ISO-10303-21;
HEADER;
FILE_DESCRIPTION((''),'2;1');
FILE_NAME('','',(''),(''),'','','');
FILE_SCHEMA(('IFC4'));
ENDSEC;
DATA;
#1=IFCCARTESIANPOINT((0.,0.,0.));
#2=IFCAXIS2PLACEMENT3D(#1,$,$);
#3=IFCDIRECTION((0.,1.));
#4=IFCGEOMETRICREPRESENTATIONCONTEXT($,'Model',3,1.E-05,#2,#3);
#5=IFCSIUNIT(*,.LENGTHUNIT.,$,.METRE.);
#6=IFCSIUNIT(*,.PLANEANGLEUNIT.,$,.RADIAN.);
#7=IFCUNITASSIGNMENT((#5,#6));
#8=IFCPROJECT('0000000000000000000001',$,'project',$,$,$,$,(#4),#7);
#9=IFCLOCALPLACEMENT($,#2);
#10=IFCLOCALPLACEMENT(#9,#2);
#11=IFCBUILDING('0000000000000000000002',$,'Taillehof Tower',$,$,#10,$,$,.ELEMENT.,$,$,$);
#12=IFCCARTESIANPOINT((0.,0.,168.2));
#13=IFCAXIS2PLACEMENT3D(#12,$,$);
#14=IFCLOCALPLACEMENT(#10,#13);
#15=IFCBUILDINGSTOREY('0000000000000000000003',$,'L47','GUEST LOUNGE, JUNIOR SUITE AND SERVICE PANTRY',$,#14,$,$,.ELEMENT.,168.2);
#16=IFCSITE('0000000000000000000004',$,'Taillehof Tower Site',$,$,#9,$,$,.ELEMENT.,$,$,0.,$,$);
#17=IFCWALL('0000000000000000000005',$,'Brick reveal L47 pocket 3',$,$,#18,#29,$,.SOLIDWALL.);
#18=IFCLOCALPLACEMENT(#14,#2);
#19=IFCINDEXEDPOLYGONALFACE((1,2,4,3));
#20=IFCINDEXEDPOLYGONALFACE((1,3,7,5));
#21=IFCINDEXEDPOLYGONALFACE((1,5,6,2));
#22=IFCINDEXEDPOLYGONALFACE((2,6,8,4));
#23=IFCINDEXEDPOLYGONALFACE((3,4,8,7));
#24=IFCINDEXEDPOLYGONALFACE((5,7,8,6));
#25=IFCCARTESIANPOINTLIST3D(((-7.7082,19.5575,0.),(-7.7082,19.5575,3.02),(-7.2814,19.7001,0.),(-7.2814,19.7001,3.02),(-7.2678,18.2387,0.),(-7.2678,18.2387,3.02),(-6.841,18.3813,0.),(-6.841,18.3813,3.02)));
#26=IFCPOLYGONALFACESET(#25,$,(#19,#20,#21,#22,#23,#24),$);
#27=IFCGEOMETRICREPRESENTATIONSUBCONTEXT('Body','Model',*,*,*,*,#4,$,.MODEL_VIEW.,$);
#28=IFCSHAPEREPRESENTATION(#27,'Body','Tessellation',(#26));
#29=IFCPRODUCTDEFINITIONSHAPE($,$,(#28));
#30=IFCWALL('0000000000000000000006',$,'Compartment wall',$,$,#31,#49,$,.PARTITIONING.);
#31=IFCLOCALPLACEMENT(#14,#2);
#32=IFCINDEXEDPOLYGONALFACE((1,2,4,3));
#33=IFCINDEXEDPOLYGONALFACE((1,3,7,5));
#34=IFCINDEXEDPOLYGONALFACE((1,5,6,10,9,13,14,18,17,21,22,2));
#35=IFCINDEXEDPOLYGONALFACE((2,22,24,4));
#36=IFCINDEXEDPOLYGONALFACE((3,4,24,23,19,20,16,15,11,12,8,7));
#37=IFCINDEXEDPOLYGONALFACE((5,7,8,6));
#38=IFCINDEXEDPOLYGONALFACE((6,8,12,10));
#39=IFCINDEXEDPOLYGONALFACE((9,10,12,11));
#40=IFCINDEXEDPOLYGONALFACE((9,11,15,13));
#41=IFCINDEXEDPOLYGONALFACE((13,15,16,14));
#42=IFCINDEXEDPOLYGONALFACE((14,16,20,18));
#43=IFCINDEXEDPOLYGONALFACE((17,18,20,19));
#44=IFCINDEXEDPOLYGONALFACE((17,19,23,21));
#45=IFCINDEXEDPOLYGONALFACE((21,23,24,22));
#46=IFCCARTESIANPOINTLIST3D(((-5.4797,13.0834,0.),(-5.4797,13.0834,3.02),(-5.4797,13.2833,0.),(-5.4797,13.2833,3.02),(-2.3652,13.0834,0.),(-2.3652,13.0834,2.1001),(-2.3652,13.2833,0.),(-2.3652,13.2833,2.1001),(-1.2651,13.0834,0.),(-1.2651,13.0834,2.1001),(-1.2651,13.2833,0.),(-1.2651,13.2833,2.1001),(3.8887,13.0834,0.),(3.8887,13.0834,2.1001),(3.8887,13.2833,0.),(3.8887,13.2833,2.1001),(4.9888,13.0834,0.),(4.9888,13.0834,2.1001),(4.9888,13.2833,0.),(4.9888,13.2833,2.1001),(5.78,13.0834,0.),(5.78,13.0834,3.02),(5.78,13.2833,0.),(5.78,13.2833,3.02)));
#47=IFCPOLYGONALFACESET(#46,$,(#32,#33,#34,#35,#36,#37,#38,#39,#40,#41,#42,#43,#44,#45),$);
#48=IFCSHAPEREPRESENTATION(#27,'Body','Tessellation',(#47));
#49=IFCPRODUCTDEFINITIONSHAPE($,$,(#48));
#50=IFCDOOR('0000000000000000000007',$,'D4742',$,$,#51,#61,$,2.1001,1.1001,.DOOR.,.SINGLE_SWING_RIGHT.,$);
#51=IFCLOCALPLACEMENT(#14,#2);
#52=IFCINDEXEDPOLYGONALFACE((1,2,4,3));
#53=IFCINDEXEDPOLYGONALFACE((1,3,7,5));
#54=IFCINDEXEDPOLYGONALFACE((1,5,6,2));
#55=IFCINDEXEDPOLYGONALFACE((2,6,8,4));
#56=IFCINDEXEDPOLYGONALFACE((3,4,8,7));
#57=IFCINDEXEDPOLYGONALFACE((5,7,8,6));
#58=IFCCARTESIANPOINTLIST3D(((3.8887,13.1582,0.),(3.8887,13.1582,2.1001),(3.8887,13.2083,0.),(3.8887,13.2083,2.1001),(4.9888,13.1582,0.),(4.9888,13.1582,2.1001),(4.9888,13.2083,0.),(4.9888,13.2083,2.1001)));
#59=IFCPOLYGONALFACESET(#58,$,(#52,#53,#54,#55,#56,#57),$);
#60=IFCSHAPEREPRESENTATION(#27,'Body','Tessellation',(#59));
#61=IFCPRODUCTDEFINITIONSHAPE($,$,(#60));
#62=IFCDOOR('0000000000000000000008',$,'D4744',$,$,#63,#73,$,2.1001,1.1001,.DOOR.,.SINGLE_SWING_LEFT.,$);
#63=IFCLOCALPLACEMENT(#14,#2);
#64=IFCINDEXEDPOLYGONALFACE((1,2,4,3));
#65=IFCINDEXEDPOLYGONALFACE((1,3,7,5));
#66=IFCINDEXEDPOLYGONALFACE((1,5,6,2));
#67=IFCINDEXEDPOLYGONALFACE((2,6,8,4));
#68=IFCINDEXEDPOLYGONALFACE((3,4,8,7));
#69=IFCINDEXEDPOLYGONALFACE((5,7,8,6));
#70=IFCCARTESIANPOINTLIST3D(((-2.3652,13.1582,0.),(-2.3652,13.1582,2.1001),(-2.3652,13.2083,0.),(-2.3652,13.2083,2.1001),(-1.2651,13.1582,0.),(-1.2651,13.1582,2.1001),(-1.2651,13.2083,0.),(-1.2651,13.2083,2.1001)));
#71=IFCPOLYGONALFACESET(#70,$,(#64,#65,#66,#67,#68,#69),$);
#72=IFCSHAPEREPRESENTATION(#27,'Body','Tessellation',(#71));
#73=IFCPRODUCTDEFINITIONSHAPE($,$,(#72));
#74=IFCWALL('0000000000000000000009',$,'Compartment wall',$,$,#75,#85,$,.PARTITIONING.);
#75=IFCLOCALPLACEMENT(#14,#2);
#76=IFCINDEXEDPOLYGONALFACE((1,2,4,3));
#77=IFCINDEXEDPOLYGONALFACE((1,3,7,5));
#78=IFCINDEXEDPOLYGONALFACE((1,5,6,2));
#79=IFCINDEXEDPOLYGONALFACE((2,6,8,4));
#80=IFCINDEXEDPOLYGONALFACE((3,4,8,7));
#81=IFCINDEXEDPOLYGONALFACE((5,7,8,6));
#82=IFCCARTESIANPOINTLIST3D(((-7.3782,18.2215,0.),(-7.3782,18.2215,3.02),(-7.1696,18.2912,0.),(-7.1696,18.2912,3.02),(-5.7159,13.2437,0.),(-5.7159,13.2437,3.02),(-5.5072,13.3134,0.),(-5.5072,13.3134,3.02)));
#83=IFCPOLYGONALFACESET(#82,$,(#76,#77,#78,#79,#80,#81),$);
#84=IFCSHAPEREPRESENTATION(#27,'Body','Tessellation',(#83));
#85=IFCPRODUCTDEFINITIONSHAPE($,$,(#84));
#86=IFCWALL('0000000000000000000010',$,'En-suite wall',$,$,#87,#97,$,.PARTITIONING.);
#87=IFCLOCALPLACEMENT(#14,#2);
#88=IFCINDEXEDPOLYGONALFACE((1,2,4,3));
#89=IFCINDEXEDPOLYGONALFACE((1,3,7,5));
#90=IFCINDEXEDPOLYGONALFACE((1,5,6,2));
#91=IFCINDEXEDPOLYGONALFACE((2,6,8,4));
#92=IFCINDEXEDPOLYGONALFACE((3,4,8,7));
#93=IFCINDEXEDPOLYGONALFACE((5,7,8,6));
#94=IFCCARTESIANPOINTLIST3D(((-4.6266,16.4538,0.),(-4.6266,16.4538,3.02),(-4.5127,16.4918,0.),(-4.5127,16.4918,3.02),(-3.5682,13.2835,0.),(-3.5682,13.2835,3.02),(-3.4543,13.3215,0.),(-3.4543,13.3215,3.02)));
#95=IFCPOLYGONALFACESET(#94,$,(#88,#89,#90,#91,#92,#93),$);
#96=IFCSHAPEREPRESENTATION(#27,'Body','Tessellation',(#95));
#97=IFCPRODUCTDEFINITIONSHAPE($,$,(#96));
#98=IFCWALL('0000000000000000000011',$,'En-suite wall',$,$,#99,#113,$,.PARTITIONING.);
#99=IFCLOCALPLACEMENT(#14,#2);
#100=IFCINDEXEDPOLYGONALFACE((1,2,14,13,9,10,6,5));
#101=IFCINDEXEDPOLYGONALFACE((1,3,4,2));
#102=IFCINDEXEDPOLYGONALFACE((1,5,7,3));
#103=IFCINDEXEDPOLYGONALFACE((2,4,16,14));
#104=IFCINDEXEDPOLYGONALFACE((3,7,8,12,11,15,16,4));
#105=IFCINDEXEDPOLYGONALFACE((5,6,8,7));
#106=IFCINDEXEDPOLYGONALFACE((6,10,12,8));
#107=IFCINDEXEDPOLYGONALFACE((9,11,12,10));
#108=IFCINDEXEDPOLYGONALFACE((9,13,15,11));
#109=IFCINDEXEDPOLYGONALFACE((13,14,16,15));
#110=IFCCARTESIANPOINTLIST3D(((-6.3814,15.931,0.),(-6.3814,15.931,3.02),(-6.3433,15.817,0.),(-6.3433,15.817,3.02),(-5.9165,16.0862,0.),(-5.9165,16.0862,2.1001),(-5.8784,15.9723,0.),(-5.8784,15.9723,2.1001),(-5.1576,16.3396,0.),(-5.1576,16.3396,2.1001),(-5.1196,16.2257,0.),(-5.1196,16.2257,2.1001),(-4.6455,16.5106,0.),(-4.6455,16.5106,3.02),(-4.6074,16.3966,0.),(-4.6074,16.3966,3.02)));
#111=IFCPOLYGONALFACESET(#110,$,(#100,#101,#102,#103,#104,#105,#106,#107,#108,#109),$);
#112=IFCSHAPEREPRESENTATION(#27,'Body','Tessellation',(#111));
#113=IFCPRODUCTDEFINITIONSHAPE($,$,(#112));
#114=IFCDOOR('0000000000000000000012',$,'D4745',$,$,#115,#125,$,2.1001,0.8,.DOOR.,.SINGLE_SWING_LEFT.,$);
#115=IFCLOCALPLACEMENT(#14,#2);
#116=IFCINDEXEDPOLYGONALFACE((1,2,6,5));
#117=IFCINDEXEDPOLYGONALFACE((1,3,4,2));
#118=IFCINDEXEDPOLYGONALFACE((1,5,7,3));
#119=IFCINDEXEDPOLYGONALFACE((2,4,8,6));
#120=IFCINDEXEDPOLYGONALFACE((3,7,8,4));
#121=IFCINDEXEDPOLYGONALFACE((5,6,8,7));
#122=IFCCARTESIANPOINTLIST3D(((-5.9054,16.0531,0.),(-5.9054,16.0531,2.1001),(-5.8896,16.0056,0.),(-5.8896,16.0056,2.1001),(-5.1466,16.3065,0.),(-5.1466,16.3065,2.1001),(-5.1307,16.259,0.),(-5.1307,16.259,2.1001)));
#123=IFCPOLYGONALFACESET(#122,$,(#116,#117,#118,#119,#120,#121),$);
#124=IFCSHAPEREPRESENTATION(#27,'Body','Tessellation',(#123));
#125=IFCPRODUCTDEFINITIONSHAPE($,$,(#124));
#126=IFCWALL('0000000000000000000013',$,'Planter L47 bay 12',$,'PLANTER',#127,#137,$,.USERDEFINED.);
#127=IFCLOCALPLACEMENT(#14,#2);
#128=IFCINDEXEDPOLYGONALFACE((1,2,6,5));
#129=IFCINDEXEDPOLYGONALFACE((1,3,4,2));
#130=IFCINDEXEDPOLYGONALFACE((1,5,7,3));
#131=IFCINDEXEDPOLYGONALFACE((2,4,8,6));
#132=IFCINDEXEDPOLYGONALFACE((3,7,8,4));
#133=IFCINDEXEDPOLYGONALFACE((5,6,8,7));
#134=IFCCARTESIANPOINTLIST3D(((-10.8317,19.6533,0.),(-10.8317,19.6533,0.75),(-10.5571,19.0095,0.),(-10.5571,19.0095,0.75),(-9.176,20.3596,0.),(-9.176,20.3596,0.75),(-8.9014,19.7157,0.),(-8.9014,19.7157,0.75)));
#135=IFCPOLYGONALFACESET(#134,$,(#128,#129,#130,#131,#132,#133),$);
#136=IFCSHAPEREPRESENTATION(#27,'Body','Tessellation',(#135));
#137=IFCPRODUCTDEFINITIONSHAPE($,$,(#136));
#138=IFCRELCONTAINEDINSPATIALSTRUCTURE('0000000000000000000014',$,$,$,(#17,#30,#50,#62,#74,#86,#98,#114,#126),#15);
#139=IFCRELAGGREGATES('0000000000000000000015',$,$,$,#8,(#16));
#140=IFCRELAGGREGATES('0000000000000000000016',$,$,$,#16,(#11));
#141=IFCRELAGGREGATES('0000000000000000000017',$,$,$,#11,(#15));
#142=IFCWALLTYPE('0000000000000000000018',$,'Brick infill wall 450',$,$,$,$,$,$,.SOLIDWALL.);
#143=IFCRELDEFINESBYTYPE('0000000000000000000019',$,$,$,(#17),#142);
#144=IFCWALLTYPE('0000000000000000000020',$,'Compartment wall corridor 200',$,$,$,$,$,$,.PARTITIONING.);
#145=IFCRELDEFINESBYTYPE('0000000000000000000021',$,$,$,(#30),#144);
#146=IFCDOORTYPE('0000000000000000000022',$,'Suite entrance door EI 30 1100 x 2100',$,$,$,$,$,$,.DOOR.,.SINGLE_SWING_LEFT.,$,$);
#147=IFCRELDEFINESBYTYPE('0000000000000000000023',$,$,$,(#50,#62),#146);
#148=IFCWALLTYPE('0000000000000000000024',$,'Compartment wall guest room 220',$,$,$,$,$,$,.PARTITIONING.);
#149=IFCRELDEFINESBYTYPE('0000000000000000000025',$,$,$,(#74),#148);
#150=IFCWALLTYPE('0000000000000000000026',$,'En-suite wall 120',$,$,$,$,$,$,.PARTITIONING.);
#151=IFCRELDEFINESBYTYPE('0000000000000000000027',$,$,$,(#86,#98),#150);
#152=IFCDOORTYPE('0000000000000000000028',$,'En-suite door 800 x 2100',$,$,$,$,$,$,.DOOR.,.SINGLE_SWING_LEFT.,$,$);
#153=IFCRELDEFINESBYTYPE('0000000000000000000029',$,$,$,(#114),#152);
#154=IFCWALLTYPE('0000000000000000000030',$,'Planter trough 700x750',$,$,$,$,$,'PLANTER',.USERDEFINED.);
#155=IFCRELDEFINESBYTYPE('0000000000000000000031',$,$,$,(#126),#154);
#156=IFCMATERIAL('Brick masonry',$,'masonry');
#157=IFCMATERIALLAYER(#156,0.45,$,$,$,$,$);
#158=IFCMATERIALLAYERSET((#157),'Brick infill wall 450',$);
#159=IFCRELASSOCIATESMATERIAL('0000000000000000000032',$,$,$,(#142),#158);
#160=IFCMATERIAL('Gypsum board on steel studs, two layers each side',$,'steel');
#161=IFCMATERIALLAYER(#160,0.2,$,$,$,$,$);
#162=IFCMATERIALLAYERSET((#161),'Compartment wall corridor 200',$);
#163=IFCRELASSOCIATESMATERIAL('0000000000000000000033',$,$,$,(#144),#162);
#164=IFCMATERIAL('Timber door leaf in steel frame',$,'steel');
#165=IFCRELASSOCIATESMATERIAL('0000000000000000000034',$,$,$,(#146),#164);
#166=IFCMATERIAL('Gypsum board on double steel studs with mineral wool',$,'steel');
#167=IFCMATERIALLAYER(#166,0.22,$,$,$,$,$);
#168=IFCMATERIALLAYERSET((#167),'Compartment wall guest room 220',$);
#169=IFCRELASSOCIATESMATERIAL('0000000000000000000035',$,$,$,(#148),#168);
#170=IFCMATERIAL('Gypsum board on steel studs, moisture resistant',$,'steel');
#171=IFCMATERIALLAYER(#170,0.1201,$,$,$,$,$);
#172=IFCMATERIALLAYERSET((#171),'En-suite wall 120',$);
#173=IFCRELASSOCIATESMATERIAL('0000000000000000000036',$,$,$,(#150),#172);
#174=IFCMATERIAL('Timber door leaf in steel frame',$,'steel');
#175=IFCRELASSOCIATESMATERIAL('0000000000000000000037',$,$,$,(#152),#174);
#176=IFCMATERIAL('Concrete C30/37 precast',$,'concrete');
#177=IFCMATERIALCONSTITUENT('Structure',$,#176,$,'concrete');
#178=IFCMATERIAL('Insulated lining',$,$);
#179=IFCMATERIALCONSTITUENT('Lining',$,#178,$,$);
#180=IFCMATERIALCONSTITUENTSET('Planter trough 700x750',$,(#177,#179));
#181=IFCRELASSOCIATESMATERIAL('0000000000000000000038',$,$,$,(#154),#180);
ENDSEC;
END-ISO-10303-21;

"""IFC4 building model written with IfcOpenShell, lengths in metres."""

from ifc_helpers import new_model, si_unit, direction, frame, frame_2d, origin, place, context, subcontext, project, spatial, rectangle, extrude, material, layer, layer_set, constituent, constituent_set, type_object, element, fill, save


model = new_model("IFC4")

# Units and contexts
model_context = context("Model", 3, precision=1e-05, world=origin(), true_north=direction((0.0, 1.0)))
body_context = subcontext(model_context, "Body", "Model", "MODEL_VIEW")
ifc_project = project(units=[si_unit("LENGTHUNIT", "METRE"), si_unit("PLANEANGLEUNIT", "RADIAN")], contexts=[model_context])

# Site, building, storey
site_placement = place(None, origin())
site = spatial("IfcSite", under=ifc_project, at=site_placement, Name="Taillehof Tower Site", CompositionType="ELEMENT", RefElevation=0.0)
building_placement = place(site_placement, origin())
building = spatial("IfcBuilding", under=site, at=building_placement, Name="Taillehof Tower", CompositionType="ELEMENT")
storey_placement = place(building_placement, frame((0.0, 0.0, 168.2)))
storey = spatial("IfcBuildingStorey", under=building, at=storey_placement, Name="L47", Description="GUEST LOUNGE, JUNIOR SUITE AND SERVICE PANTRY", CompositionType="ELEMENT", Elevation=168.2)

# Shared definitions
ifc_material_1 = material(Name="Brick masonry", Category="masonry")
ifc_layer_1 = layer(ifc_material_1, 0.45)
ifc_layer_set_1 = layer_set([ifc_layer_1], Name="Brick infill wall 450")
wall_type_1 = type_object("IfcWallType", Name="Brick infill wall 450", PredefinedType="SOLIDWALL", material=ifc_layer_set_1)

# Wall
wall_1_placement = place(storey_placement, frame((-7.4949, 19.6289, 0.0), z_axis=(0.0, 0.0, 1.0), x_axis=(0.316754, -0.948508, 0.0)))
element("IfcWall", 1, at=wall_1_placement, inside=storey, type_object=wall_type_1, Name="Brick reveal L47 pocket 3", PredefinedType="SOLIDWALL", context=body_context, shape_type="SweptSolid", body=[
    extrude(rectangle(XDim=1.3904, YDim=0.45, at=frame_2d((0.6953, 0.0))), origin(), (0.0, 0.0, 1.0), 3.02),
])

# Wall, openings, doors
ifc_material_2 = material(Name="Gypsum board on steel studs, two layers each side", Category="steel")
ifc_layer_2 = layer(ifc_material_2, 0.2)
ifc_layer_set_2 = layer_set([ifc_layer_2], Name="Compartment wall corridor 200")
wall_type_2 = type_object("IfcWallType", Name="Compartment wall corridor 200", PredefinedType="PARTITIONING", material=ifc_layer_set_2)
wall_2_placement = place(storey_placement, frame((-5.4797, 13.1833, 0.0), z_axis=(0.0, 0.0, 1.0), x_axis=(1.0, 0.0, 0.0)))
wall_2 = element("IfcWall", 2, at=wall_2_placement, inside=storey, type_object=wall_type_2, Name="Compartment wall", PredefinedType="PARTITIONING", context=body_context, shape_type="SweptSolid", body=[
    extrude(rectangle(XDim=11.2598, YDim=0.2, at=frame_2d((5.6299, 0.0))), origin(), (0.0, 0.0, 1.0), 3.02),
])
opening_1_placement = place(wall_2_placement, frame((9.3684, 0.0, 0.0)))
opening_1 = element("IfcOpeningElement", 3, at=opening_1_placement, cuts=wall_2, PredefinedType="OPENING", context=body_context, shape_type="SweptSolid", body=[
    extrude(rectangle(XDim=1.1001, YDim=2.1001, at=frame_2d((0.55, 1.05))), frame((0.0, 0.1099, 0.0), z_axis=(0.0, -1.0, 0.0), x_axis=(1.0, 0.0, 0.0)), (0.0, 0.0, 1.0), 0.22),
])
opening_2_placement = place(wall_2_placement, frame((3.1145, 0.0, 0.0)))
opening_2 = element("IfcOpeningElement", 4, at=opening_2_placement, cuts=wall_2, PredefinedType="OPENING", context=body_context, shape_type="SweptSolid", body=[
    extrude(rectangle(XDim=1.1001, YDim=2.1001, at=frame_2d((0.55, 1.05))), frame((0.0, 0.1099, 0.0), z_axis=(0.0, -1.0, 0.0), x_axis=(1.0, 0.0, 0.0)), (0.0, 0.0, 1.0), 0.22),
])
ifc_material_3 = material(Name="Timber door leaf in steel frame", Category="steel")
door_type_1 = type_object("IfcDoorType", Name="Suite entrance door EI 30 1100 x 2100", OperationType="SINGLE_SWING_LEFT", PredefinedType="DOOR", material=ifc_material_3)
door_1_placement = place(opening_1_placement, origin())
door_1 = element("IfcDoor", 5, at=door_1_placement, inside=storey, type_object=door_type_1, Name="D4742", OperationType="SINGLE_SWING_RIGHT", OverallHeight=2.1001, OverallWidth=1.1001, PredefinedType="DOOR", context=body_context, shape_type="SweptSolid", body=[
    extrude(rectangle(XDim=1.1001, YDim=2.1001, at=frame_2d((0.55, 1.05))), frame((0.0, 0.0249, 0.0), z_axis=(0.0, -1.0, 0.0), x_axis=(1.0, 0.0, 0.0)), (0.0, 0.0, 1.0), 0.05),
])
fill(opening_1, door_1)
door_2_placement = place(opening_2_placement, origin())
door_2 = element("IfcDoor", 6, at=door_2_placement, inside=storey, type_object=door_type_1, Name="D4744", OperationType="SINGLE_SWING_LEFT", OverallHeight=2.1001, OverallWidth=1.1001, PredefinedType="DOOR", context=body_context, shape_type="SweptSolid", body=[
    extrude(rectangle(XDim=1.1001, YDim=2.1001, at=frame_2d((0.55, 1.05))), frame((0.0, 0.0249, 0.0), z_axis=(0.0, -1.0, 0.0), x_axis=(1.0, 0.0, 0.0)), (0.0, 0.0, 1.0), 0.05),
])
fill(opening_2, door_2)

# Walls
ifc_material_4 = material(Name="Gypsum board on double steel studs with mineral wool", Category="steel")
ifc_layer_3 = layer(ifc_material_4, 0.22)
ifc_layer_set_3 = layer_set([ifc_layer_3], Name="Compartment wall guest room 220")
wall_type_3 = type_object("IfcWallType", Name="Compartment wall guest room 220", PredefinedType="PARTITIONING", material=ifc_layer_set_3)
wall_3_placement = place(storey_placement, frame((-7.2739, 18.2563, 0.0), z_axis=(0.0, 0.0, 1.0), x_axis=(0.316758, -0.948506, 0.0)))
element("IfcWall", 7, at=wall_3_placement, inside=storey, type_object=wall_type_3, Name="Compartment wall", PredefinedType="PARTITIONING", context=body_context, shape_type="SweptSolid", body=[
    extrude(rectangle(XDim=5.248, YDim=0.22, at=frame_2d((2.624, 0.0))), origin(), (0.0, 0.0, 1.0), 3.02),
])
ifc_material_5 = material(Name="Gypsum board on steel studs, moisture resistant", Category="steel")
ifc_layer_4 = layer(ifc_material_5, 0.1201)
ifc_layer_set_4 = layer_set([ifc_layer_4], Name="En-suite wall 120")
wall_type_4 = type_object("IfcWallType", Name="En-suite wall 120", PredefinedType="PARTITIONING", material=ifc_layer_set_4)
wall_4_placement = place(storey_placement, frame((-3.5112, 13.3025, 0.0), z_axis=(0.0, 0.0, 1.0), x_axis=(-0.316666, 0.948537, 0.0)))
element("IfcWall", 8, at=wall_4_placement, inside=storey, type_object=wall_type_4, Name="En-suite wall", PredefinedType="PARTITIONING", context=body_context, shape_type="SweptSolid", body=[
    extrude(rectangle(XDim=3.3423, YDim=0.1201, at=frame_2d((1.6711, 0.0))), origin(), (0.0, 0.0, 1.0), 3.02),
])

# Wall, opening, door
wall_5_placement = place(storey_placement, frame((-4.6265, 16.4536, 0.0), z_axis=(0.0, 0.0, 1.0), x_axis=(-0.948523, -0.316708, 0.0)))
wall_5 = element("IfcWall", 9, at=wall_5_placement, inside=storey, type_object=wall_type_4, Name="En-suite wall", PredefinedType="PARTITIONING", context=body_context, shape_type="SweptSolid", body=[
    extrude(rectangle(XDim=1.8301, YDim=0.1201, at=frame_2d((0.915, 0.0))), origin(), (0.0, 0.0, 1.0), 3.02),
])
opening_3_placement = place(wall_5_placement, frame((0.54, 0.0, 0.0)))
opening_3 = element("IfcOpeningElement", 10, at=opening_3_placement, cuts=wall_5, PredefinedType="OPENING", context=body_context, shape_type="SweptSolid", body=[
    extrude(rectangle(XDim=0.8, YDim=2.1001, at=frame_2d((0.3999, 1.05))), frame((0.0, 0.0701, 0.0), z_axis=(0.0, -1.0, 0.0), x_axis=(1.0, 0.0, 0.0)), (0.0, 0.0, 1.0), 0.1401),
])
ifc_material_6 = material(Name="Timber door leaf in steel frame", Category="steel")
door_type_2 = type_object("IfcDoorType", Name="En-suite door 800 x 2100", OperationType="SINGLE_SWING_LEFT", PredefinedType="DOOR", material=ifc_material_6)
door_3_placement = place(opening_3_placement, origin())
door_3 = element("IfcDoor", 11, at=door_3_placement, inside=storey, type_object=door_type_2, Name="D4745", OperationType="SINGLE_SWING_LEFT", OverallHeight=2.1001, OverallWidth=0.8, PredefinedType="DOOR", context=body_context, shape_type="SweptSolid", body=[
    extrude(rectangle(XDim=0.8, YDim=2.1001, at=frame_2d((0.3999, 1.05))), frame((0.0, 0.0249, 0.0), z_axis=(0.0, -1.0, 0.0), x_axis=(1.0, 0.0, 0.0)), (0.0, 0.0, 1.0), 0.05),
])
fill(opening_3, door_3)

# Wall
ifc_material_7 = material(Name="Concrete C30/37 precast", Category="concrete")
ifc_constituent_1 = constituent(ifc_material_7, Name="Structure", Category="concrete")
ifc_material_8 = material(Name="Insulated lining")
ifc_constituent_2 = constituent(ifc_material_8, Name="Lining")
ifc_constituent_set = constituent_set(constituents=[ifc_constituent_1, ifc_constituent_2], Name="Planter trough 700x750")
wall_type_5 = type_object("IfcWallType", Name="Planter trough 700x750", ElementType="PLANTER", PredefinedType="USERDEFINED", material=ifc_constituent_set)
wall_6_placement = place(storey_placement, frame((-9.0388, 20.0376, 0.0), z_axis=(0.0, 0.0, 1.0), x_axis=(-0.91981, -0.392364, 0.0)))
element("IfcWall", 12, at=wall_6_placement, inside=storey, type_object=wall_type_5, Name="Planter L47 bay 12", ObjectType="PLANTER", PredefinedType="USERDEFINED", context=body_context, shape_type="SweptSolid", body=[
    extrude(rectangle(XDim=1.8, YDim=0.7, at=frame_2d((0.8999, 0.0))), origin(), (0.0, 0.0, 1.0), 0.75),
])

save(model, "model.ifc")
